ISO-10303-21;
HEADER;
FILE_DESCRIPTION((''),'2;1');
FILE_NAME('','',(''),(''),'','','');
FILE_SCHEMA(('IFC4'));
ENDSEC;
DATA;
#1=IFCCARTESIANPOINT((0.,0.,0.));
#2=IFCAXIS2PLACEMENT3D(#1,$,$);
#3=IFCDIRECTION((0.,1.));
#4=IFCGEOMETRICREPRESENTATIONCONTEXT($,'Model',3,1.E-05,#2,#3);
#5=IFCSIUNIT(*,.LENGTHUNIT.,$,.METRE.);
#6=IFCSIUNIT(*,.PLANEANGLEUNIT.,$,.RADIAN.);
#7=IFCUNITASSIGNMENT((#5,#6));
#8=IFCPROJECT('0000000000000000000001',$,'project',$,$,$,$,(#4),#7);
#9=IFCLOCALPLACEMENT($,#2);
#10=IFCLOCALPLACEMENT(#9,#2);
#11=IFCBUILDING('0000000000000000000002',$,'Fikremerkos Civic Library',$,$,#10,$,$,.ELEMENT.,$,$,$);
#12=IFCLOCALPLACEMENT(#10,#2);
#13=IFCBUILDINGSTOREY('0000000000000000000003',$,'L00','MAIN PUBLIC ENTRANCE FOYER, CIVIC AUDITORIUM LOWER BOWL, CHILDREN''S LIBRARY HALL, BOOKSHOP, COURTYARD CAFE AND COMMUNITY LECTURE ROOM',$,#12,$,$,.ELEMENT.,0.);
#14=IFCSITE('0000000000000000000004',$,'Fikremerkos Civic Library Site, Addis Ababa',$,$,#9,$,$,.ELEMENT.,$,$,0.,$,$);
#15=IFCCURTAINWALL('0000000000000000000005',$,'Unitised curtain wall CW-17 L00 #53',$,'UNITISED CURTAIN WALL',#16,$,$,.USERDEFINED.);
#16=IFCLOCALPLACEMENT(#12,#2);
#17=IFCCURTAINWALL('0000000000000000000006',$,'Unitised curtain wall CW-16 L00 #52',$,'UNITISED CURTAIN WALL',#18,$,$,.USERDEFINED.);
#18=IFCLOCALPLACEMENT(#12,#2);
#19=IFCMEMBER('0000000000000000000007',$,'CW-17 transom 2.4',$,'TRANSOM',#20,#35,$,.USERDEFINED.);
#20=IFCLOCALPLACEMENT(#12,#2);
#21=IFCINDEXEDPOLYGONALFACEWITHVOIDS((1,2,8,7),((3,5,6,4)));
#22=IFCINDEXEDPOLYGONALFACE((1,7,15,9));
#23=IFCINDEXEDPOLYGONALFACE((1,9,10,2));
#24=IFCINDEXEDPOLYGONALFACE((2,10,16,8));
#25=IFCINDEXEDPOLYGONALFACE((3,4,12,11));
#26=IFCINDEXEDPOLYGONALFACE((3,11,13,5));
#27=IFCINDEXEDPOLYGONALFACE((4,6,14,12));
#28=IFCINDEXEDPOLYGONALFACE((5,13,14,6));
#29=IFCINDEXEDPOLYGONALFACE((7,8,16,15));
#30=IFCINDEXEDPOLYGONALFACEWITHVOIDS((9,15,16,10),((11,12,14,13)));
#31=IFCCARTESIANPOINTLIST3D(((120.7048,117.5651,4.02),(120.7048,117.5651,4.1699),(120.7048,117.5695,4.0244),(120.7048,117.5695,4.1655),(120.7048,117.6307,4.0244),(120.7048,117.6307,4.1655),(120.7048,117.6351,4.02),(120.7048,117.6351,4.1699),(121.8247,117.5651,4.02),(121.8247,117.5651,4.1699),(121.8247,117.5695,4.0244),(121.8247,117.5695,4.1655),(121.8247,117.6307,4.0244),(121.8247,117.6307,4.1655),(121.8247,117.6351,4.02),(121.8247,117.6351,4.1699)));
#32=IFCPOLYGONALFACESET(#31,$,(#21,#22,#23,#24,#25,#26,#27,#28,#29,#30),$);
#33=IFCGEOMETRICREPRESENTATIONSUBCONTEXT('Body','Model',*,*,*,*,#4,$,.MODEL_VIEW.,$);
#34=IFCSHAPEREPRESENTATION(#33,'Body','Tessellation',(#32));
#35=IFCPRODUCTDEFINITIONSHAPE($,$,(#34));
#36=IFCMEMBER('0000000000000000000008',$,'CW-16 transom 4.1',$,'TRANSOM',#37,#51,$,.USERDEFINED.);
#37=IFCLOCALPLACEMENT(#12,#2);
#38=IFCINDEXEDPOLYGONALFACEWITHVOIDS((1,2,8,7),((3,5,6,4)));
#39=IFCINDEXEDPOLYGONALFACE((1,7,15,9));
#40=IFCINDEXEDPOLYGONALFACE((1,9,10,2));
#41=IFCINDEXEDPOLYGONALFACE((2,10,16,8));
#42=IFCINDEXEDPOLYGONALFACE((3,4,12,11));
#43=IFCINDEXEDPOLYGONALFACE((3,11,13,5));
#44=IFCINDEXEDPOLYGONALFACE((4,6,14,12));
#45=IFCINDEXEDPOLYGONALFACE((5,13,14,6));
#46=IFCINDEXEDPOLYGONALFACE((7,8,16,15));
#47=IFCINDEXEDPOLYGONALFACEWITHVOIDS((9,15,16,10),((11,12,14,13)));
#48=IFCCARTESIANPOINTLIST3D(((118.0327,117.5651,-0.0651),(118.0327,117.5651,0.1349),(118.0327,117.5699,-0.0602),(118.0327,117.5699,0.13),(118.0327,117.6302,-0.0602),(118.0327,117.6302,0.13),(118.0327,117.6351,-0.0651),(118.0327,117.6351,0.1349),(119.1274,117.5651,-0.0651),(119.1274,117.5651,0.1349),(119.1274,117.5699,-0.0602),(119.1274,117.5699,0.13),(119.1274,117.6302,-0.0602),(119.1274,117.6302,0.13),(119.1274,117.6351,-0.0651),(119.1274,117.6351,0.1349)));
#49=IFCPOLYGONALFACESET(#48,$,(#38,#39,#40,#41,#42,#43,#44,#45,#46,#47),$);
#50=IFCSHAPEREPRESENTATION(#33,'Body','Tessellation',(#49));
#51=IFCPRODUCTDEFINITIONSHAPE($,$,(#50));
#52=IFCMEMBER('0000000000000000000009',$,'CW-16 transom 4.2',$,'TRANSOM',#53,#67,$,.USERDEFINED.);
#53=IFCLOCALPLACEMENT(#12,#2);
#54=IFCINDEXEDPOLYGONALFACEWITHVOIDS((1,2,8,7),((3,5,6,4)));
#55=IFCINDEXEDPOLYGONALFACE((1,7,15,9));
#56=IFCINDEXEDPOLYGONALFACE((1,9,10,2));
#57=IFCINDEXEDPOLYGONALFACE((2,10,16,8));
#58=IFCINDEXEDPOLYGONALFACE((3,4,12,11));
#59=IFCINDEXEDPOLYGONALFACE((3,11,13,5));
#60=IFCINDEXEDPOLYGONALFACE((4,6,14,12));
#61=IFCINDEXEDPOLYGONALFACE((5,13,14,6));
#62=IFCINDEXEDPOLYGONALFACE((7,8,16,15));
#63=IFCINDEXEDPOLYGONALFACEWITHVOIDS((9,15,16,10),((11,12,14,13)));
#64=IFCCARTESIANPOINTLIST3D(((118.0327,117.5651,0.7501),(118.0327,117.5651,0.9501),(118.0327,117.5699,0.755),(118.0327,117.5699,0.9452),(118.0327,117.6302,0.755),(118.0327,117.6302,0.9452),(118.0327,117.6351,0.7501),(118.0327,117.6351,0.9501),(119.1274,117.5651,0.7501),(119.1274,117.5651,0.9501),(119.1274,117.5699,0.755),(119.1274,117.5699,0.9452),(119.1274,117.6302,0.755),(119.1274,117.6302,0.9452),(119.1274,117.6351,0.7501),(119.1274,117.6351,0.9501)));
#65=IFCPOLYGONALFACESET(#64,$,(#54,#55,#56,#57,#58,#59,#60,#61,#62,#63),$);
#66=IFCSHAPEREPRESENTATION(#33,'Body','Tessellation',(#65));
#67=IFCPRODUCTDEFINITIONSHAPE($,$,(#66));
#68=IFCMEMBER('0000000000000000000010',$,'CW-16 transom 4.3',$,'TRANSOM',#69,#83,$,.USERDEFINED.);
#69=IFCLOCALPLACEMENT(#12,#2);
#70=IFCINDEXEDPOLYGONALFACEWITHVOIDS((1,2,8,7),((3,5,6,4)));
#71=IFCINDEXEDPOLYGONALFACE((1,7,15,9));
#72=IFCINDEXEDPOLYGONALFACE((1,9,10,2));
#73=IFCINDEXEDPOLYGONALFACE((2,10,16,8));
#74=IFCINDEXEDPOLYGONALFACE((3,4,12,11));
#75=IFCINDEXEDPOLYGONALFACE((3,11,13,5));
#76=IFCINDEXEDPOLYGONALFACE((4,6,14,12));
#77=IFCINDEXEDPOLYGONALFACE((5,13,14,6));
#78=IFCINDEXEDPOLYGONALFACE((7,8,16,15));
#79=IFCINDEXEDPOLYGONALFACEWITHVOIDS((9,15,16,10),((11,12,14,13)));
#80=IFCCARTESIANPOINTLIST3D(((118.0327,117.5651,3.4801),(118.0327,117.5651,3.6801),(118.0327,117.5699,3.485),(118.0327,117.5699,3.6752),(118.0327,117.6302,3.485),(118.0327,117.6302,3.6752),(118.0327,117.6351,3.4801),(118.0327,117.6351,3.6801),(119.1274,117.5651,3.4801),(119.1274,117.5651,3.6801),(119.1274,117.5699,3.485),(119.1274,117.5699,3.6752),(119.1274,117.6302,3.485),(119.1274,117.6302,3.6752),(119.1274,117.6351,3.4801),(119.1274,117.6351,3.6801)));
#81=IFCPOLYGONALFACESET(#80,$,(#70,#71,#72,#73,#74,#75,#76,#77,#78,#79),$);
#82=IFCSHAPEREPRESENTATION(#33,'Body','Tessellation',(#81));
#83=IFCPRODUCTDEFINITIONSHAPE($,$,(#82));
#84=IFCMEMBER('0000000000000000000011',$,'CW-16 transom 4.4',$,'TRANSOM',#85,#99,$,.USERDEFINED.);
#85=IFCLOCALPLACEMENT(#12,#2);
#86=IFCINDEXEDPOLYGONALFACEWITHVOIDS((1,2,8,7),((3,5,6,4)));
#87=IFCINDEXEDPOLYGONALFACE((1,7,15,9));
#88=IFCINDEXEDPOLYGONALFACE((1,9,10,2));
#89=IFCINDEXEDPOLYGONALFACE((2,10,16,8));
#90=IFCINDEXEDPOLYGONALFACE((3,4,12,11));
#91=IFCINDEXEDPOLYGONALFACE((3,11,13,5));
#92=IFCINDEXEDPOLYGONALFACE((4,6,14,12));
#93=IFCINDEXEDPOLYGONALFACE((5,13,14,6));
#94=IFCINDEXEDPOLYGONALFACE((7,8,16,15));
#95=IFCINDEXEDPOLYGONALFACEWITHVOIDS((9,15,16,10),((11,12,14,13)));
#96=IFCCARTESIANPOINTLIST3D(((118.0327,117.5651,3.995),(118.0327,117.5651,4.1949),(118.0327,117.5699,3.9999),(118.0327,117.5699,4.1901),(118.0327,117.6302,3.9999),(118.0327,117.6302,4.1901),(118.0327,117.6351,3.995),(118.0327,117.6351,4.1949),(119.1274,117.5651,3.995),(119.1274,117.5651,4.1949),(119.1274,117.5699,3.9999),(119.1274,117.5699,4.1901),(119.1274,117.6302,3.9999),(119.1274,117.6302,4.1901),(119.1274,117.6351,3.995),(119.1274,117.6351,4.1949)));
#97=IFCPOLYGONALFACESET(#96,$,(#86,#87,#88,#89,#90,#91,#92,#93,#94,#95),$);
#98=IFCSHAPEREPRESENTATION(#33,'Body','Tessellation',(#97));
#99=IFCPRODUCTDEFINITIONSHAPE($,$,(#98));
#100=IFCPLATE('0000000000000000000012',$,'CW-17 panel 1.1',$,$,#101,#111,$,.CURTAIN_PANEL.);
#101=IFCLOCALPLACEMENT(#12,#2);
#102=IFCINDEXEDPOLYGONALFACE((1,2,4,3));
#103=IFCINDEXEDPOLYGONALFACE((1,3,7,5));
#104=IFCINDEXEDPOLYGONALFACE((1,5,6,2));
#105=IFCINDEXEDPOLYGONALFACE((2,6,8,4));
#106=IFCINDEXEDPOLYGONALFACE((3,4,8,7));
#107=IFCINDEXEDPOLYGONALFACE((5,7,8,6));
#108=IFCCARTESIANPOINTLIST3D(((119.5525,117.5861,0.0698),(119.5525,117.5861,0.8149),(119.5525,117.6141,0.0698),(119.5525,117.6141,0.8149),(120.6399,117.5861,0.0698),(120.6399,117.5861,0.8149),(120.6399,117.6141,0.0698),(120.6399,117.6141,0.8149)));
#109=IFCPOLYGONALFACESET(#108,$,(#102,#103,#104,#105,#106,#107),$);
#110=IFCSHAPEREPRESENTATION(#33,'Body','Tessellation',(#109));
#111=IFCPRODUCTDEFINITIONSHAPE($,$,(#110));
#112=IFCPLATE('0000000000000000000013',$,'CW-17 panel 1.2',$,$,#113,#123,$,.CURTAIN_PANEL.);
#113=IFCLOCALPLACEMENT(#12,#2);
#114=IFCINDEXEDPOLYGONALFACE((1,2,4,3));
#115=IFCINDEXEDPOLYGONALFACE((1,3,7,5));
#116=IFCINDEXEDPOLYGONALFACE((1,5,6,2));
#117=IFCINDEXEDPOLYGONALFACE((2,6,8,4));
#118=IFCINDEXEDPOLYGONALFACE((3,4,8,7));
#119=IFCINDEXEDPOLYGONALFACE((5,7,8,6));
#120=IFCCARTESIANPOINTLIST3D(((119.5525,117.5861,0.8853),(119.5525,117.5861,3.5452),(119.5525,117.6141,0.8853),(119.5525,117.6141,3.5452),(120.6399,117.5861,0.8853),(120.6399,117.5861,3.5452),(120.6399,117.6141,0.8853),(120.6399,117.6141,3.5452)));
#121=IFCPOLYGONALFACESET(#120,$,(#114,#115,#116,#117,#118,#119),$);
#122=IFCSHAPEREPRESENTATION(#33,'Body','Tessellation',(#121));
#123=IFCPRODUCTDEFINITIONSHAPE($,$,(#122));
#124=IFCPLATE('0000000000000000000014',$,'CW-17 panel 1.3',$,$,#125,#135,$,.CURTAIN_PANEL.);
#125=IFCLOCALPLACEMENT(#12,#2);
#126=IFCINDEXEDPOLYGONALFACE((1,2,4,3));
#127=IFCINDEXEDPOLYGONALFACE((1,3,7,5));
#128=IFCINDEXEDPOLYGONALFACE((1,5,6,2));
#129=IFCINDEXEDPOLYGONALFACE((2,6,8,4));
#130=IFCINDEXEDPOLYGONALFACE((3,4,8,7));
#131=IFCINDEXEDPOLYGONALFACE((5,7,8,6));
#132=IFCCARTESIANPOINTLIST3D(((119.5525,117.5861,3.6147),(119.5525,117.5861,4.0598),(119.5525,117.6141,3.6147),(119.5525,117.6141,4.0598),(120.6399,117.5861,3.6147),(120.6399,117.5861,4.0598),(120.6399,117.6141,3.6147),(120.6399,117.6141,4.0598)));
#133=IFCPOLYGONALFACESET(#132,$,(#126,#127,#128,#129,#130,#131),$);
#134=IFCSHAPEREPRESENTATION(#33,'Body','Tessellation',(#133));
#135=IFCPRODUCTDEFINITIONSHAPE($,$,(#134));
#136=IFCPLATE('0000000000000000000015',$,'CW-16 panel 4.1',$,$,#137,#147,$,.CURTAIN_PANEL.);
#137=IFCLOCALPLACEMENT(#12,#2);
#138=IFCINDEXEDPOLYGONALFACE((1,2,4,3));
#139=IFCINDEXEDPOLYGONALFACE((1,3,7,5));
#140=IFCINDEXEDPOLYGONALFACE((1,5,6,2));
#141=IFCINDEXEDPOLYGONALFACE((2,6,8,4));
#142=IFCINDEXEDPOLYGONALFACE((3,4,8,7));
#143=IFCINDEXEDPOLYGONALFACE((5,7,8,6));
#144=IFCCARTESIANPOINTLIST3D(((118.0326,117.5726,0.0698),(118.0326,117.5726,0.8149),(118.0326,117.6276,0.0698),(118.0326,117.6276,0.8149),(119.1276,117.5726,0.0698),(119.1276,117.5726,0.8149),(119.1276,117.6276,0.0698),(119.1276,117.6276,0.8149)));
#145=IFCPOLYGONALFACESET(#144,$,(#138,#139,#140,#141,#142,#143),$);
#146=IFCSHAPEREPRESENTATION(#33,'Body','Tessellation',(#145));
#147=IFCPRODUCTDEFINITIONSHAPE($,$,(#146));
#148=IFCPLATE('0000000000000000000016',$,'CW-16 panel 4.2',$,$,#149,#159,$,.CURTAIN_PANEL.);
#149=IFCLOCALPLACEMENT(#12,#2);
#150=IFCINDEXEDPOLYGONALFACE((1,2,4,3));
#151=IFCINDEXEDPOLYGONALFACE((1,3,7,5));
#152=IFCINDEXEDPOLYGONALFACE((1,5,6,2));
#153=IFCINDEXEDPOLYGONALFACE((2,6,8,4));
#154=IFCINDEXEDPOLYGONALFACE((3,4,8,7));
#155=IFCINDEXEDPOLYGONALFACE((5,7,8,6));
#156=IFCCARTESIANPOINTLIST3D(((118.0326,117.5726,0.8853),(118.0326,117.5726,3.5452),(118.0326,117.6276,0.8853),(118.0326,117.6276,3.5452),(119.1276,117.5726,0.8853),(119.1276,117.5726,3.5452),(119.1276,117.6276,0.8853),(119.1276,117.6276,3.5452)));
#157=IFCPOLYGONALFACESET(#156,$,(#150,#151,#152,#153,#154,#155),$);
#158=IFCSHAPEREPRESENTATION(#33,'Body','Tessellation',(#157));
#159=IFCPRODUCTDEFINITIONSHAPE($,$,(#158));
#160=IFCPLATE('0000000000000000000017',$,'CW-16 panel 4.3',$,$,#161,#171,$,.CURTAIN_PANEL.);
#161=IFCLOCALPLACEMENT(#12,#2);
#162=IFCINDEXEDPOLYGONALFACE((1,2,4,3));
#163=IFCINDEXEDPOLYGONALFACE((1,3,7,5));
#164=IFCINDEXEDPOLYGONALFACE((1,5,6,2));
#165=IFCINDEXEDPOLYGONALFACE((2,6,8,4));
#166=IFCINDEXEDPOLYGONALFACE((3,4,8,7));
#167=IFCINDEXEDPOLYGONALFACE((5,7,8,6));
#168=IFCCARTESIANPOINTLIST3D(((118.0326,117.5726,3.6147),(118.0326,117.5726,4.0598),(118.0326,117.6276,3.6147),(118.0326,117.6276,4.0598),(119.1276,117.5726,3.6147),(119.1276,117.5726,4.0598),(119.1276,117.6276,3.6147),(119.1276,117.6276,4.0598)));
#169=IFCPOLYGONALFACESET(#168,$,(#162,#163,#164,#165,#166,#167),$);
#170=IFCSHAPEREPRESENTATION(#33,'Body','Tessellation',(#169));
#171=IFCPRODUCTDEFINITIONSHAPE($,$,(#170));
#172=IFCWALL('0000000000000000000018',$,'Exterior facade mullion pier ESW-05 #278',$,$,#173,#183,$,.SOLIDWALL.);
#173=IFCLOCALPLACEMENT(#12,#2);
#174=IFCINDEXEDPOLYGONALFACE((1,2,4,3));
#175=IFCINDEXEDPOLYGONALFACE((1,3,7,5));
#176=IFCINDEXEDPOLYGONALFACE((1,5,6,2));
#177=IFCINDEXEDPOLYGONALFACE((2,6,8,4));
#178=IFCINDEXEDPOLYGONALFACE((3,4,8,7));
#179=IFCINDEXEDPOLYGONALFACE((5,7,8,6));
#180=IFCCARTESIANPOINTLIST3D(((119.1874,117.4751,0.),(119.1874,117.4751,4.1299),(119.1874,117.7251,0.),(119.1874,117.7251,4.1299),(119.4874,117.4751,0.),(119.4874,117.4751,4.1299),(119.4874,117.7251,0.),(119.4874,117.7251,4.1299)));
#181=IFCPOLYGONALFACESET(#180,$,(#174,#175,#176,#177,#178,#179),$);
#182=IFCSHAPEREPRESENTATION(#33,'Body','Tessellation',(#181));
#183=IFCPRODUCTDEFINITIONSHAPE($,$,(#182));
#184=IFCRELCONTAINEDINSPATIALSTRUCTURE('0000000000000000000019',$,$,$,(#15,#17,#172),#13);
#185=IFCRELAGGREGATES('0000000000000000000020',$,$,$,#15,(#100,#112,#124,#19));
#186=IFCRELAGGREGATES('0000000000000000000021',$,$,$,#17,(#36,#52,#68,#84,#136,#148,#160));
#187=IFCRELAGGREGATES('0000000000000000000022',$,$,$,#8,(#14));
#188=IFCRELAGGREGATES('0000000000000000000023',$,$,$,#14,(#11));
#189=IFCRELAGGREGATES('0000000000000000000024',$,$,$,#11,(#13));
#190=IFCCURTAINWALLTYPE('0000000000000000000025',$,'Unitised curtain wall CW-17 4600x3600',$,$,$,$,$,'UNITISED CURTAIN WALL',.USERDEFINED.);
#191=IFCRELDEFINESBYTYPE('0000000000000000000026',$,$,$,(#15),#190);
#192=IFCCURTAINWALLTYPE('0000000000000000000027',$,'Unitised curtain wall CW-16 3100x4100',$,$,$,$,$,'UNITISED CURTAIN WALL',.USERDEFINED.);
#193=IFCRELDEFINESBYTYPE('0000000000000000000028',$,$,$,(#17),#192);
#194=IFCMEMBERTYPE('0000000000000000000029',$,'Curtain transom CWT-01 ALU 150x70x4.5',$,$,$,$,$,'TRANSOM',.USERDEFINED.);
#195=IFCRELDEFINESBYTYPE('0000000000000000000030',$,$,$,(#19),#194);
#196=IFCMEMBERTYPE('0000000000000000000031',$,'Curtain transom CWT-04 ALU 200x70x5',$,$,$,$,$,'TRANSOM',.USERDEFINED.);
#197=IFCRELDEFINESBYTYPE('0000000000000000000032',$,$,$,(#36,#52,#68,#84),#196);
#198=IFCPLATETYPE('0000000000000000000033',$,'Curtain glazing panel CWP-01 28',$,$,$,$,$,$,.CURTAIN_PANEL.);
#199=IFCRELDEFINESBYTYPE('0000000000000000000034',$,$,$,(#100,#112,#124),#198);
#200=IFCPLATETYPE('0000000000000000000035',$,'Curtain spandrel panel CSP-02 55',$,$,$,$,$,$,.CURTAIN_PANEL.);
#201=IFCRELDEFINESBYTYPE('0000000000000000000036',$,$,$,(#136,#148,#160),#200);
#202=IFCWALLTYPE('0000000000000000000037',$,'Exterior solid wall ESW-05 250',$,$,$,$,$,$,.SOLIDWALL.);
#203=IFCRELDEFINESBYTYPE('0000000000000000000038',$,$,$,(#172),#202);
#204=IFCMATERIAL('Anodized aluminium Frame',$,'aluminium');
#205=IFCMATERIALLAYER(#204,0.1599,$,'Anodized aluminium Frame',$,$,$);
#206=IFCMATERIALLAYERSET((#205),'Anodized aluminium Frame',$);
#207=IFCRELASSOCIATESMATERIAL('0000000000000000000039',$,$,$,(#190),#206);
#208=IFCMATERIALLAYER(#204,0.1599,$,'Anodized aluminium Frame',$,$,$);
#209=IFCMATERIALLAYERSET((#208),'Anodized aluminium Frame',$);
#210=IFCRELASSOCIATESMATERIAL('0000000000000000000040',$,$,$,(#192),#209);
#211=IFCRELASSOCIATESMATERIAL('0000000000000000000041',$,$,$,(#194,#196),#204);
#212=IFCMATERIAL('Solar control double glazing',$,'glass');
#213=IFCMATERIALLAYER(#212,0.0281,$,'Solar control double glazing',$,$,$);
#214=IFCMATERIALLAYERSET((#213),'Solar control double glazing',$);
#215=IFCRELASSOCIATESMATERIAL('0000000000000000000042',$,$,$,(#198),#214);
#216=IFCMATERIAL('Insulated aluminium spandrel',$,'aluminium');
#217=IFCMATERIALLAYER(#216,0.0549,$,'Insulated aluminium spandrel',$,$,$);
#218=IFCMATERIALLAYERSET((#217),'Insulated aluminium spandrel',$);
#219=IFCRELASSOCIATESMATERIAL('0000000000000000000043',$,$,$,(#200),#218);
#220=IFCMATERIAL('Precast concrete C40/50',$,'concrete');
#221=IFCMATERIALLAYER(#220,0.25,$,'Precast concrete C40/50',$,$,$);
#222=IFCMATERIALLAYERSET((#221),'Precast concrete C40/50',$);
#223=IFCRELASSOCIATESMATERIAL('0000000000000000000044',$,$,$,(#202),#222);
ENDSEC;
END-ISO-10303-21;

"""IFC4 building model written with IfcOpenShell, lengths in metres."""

from ifc_helpers import new_model, si_unit, direction, frame, frame_2d, origin, origin_2d, place, context, subcontext, project, spatial, rectangle, hollow_rectangle, extrude, material, layer, layer_set, material_profile, profile_set, type_object, element, aggregate, save


model = new_model("IFC4")

# Units and contexts
model_context = context("Model", 3, precision=1e-05, world=origin(), true_north=direction((0.0, 1.0)))
body_context = subcontext(model_context, "Body", "Model", "MODEL_VIEW")
ifc_project = project(units=[si_unit("LENGTHUNIT", "METRE"), si_unit("PLANEANGLEUNIT", "RADIAN")], contexts=[model_context])

# Site, building, storey
site_placement = place(None, origin())
site = spatial("IfcSite", under=ifc_project, at=site_placement, Name="Fikremerkos Civic Library Site, Addis Ababa", CompositionType="ELEMENT", RefElevation=0.0)
building_placement = place(site_placement, origin())
building = spatial("IfcBuilding", under=site, at=building_placement, Name="Fikremerkos Civic Library", CompositionType="ELEMENT")
storey_placement = place(building_placement, origin())
storey = spatial("IfcBuildingStorey", under=building, at=storey_placement, Name="L00", Description="MAIN PUBLIC ENTRANCE FOYER, CIVIC AUDITORIUM LOWER BOWL, CHILDREN'S LIBRARY HALL, BOOKSHOP, COURTYARD CAFE AND COMMUNITY LECTURE ROOM", CompositionType="ELEMENT", Elevation=0.0)

# Curtain walls
ifc_material_1 = material(Name="Anodized aluminium Frame", Category="aluminium")
ifc_layer_1 = layer(ifc_material_1, 0.1599, Name="Anodized aluminium Frame")
ifc_layer_set_1 = layer_set([ifc_layer_1], Name="Anodized aluminium Frame")
curtain_wall_type_1 = type_object("IfcCurtainWallType", Name="Unitised curtain wall CW-17 4600x3600", ElementType="UNITISED CURTAIN WALL", PredefinedType="USERDEFINED", material=ifc_layer_set_1)
curtain_wall_1_placement = place(storey_placement, origin())
curtain_wall_1 = element("IfcCurtainWall", 1, at=curtain_wall_1_placement, inside=storey, type_object=curtain_wall_type_1, Name="Unitised curtain wall CW-17 L00 #53", ObjectType="UNITISED CURTAIN WALL", PredefinedType="USERDEFINED")
ifc_layer_2 = layer(ifc_material_1, 0.1599, Name="Anodized aluminium Frame")
ifc_layer_set_2 = layer_set([ifc_layer_2], Name="Anodized aluminium Frame")
curtain_wall_type_2 = type_object("IfcCurtainWallType", Name="Unitised curtain wall CW-16 3100x4100", ElementType="UNITISED CURTAIN WALL", PredefinedType="USERDEFINED", material=ifc_layer_set_2)
curtain_wall_2_placement = place(storey_placement, origin())
curtain_wall_2 = element("IfcCurtainWall", 2, at=curtain_wall_2_placement, inside=storey, type_object=curtain_wall_type_2, Name="Unitised curtain wall CW-16 L00 #52", ObjectType="UNITISED CURTAIN WALL", PredefinedType="USERDEFINED")

# Members
ifc_material_profile_1 = material_profile(ifc_material_1, hollow_rectangle(XDim=0.0701, YDim=0.1499, WallThickness=0.0044, at=origin_2d()), Name="ALU 150x70x4.5")
ifc_profile_set_1 = profile_set([ifc_material_profile_1], Name="Anodized aluminium Frame")
member_type_1 = type_object("IfcMemberType", Name="Curtain transom CWT-01 ALU 150x70x4.5", ElementType="TRANSOM", PredefinedType="USERDEFINED", material=ifc_profile_set_1)
member_1_placement = place(storey_placement, frame((120.7048, 117.6001, 4.095), z_axis=(1.0, 0.0, 0.0), x_axis=(0.0, 1.0, 0.0)))
member_1 = element("IfcMember", 3, at=member_1_placement, type_object=member_type_1, Name="CW-17 transom 2.4", ObjectType="TRANSOM", PredefinedType="USERDEFINED", context=body_context, shape_type="SweptSolid", body=[
    extrude(hollow_rectangle(XDim=0.0701, YDim=0.1499, WallThickness=0.0044, at=origin_2d()), origin(), (0.0, 0.0, 1.0), 1.1199),
])
ifc_material_profile_2 = material_profile(ifc_material_1, hollow_rectangle(XDim=0.0701, YDim=0.2, WallThickness=0.0049, at=origin_2d()), Name="ALU 200x70x5")
ifc_profile_set_2 = profile_set([ifc_material_profile_2], Name="Anodized aluminium Frame")
member_type_2 = type_object("IfcMemberType", Name="Curtain transom CWT-04 ALU 200x70x5", ElementType="TRANSOM", PredefinedType="USERDEFINED", material=ifc_profile_set_2)
member_2_placement = place(storey_placement, frame((118.0327, 117.6001, 0.0349), z_axis=(1.0, 0.0, 0.0), x_axis=(0.0, 1.0, 0.0)))
member_2 = element("IfcMember", 4, at=member_2_placement, type_object=member_type_2, Name="CW-16 transom 4.1", ObjectType="TRANSOM", PredefinedType="USERDEFINED", context=body_context, shape_type="SweptSolid", body=[
    extrude(hollow_rectangle(XDim=0.0701, YDim=0.2, WallThickness=0.0049, at=origin_2d()), origin(), (0.0, 0.0, 1.0), 1.0947),
])
member_3_placement = place(storey_placement, frame((118.0327, 117.6001, 0.8501), z_axis=(1.0, 0.0, 0.0), x_axis=(0.0, 1.0, 0.0)))
member_3 = element("IfcMember", 5, at=member_3_placement, type_object=member_type_2, Name="CW-16 transom 4.2", ObjectType="TRANSOM", PredefinedType="USERDEFINED", context=body_context, shape_type="SweptSolid", body=[
    extrude(hollow_rectangle(XDim=0.0701, YDim=0.2, WallThickness=0.0049, at=origin_2d()), origin(), (0.0, 0.0, 1.0), 1.0947),
])
member_4_placement = place(storey_placement, frame((118.0327, 117.6001, 3.5801), z_axis=(1.0, 0.0, 0.0), x_axis=(0.0, 1.0, 0.0)))
member_4 = element("IfcMember", 6, at=member_4_placement, type_object=member_type_2, Name="CW-16 transom 4.3", ObjectType="TRANSOM", PredefinedType="USERDEFINED", context=body_context, shape_type="SweptSolid", body=[
    extrude(hollow_rectangle(XDim=0.0701, YDim=0.2, WallThickness=0.0049, at=origin_2d()), origin(), (0.0, 0.0, 1.0), 1.0947),
])
member_5_placement = place(storey_placement, frame((118.0327, 117.6001, 4.095), z_axis=(1.0, 0.0, 0.0), x_axis=(0.0, 1.0, 0.0)))
member_5 = element("IfcMember", 7, at=member_5_placement, type_object=member_type_2, Name="CW-16 transom 4.4", ObjectType="TRANSOM", PredefinedType="USERDEFINED", context=body_context, shape_type="SweptSolid", body=[
    extrude(hollow_rectangle(XDim=0.0701, YDim=0.2, WallThickness=0.0049, at=origin_2d()), origin(), (0.0, 0.0, 1.0), 1.0947),
])

# Plates
ifc_material_2 = material(Name="Solar control double glazing", Category="glass")
ifc_layer_3 = layer(ifc_material_2, 0.0281, Name="Solar control double glazing")
ifc_layer_set_3 = layer_set([ifc_layer_3], Name="Solar control double glazing")
plate_type_1 = type_object("IfcPlateType", Name="Curtain glazing panel CWP-01 28", PredefinedType="CURTAIN_PANEL", material=ifc_layer_set_3)
plate_1_placement = place(storey_placement, frame((120.0962, 117.6001, 0.0698), z_axis=(0.0, 0.0, 1.0), x_axis=(1.0, 0.0, 0.0)))
plate_1 = element("IfcPlate", 8, at=plate_1_placement, type_object=plate_type_1, Name="CW-17 panel 1.1", PredefinedType="CURTAIN_PANEL", context=body_context, shape_type="SweptSolid", body=[
    extrude(rectangle(XDim=1.0874, YDim=0.0281, at=origin_2d()), origin(), (0.0, 0.0, 1.0), 0.7451),
])
plate_2_placement = place(storey_placement, frame((120.0962, 117.6001, 0.8853), z_axis=(0.0, 0.0, 1.0), x_axis=(1.0, 0.0, 0.0)))
plate_2 = element("IfcPlate", 9, at=plate_2_placement, type_object=plate_type_1, Name="CW-17 panel 1.2", PredefinedType="CURTAIN_PANEL", context=body_context, shape_type="SweptSolid", body=[
    extrude(rectangle(XDim=1.0874, YDim=0.0281, at=origin_2d()), origin(), (0.0, 0.0, 1.0), 2.6599),
])
plate_3_placement = place(storey_placement, frame((120.0962, 117.6001, 3.6147), z_axis=(0.0, 0.0, 1.0), x_axis=(1.0, 0.0, 0.0)))
plate_3 = element("IfcPlate", 10, at=plate_3_placement, type_object=plate_type_1, Name="CW-17 panel 1.3", PredefinedType="CURTAIN_PANEL", context=body_context, shape_type="SweptSolid", body=[
    extrude(rectangle(XDim=1.0874, YDim=0.0281, at=origin_2d()), origin(), (0.0, 0.0, 1.0), 0.4451),
])
aggregate(curtain_wall_1, [plate_1, plate_2, plate_3, member_1])
ifc_material_3 = material(Name="Insulated aluminium spandrel", Category="aluminium")
ifc_layer_4 = layer(ifc_material_3, 0.0549, Name="Insulated aluminium spandrel")
ifc_layer_set_4 = layer_set([ifc_layer_4], Name="Insulated aluminium spandrel")
plate_type_2 = type_object("IfcPlateType", Name="Curtain spandrel panel CSP-02 55", PredefinedType="CURTAIN_PANEL", material=ifc_layer_set_4)
plate_4_placement = place(storey_placement, frame((118.5801, 117.6001, 0.0698), z_axis=(0.0, 0.0, 1.0), x_axis=(1.0, 0.0, 0.0)))
plate_4 = element("IfcPlate", 11, at=plate_4_placement, type_object=plate_type_2, Name="CW-16 panel 4.1", PredefinedType="CURTAIN_PANEL", context=body_context, shape_type="SweptSolid", body=[
    extrude(rectangle(XDim=1.095, YDim=0.0549, at=origin_2d()), origin(), (0.0, 0.0, 1.0), 0.7451),
])
plate_5_placement = place(storey_placement, frame((118.5801, 117.6001, 0.8853), z_axis=(0.0, 0.0, 1.0), x_axis=(1.0, 0.0, 0.0)))
plate_5 = element("IfcPlate", 12, at=plate_5_placement, type_object=plate_type_2, Name="CW-16 panel 4.2", PredefinedType="CURTAIN_PANEL", context=body_context, shape_type="SweptSolid", body=[
    extrude(rectangle(XDim=1.095, YDim=0.0549, at=origin_2d()), origin(), (0.0, 0.0, 1.0), 2.6599),
])
plate_6_placement = place(storey_placement, frame((118.5801, 117.6001, 3.6147), z_axis=(0.0, 0.0, 1.0), x_axis=(1.0, 0.0, 0.0)))
plate_6 = element("IfcPlate", 13, at=plate_6_placement, type_object=plate_type_2, Name="CW-16 panel 4.3", PredefinedType="CURTAIN_PANEL", context=body_context, shape_type="SweptSolid", body=[
    extrude(rectangle(XDim=1.095, YDim=0.0549, at=origin_2d()), origin(), (0.0, 0.0, 1.0), 0.4451),
])
aggregate(curtain_wall_2, [member_2, member_3, member_4, member_5, plate_4, plate_5, plate_6])

# Wall
ifc_material_4 = material(Name="Precast concrete C40/50", Category="concrete")
ifc_layer_5 = layer(ifc_material_4, 0.25, Name="Precast concrete C40/50")
ifc_layer_set_5 = layer_set([ifc_layer_5], Name="Precast concrete C40/50")
wall_type = type_object("IfcWallType", Name="Exterior solid wall ESW-05 250", PredefinedType="SOLIDWALL", material=ifc_layer_set_5)
wall_placement = place(storey_placement, frame((119.1875, 117.6001, 0.0), z_axis=(0.0, 0.0, 1.0), x_axis=(1.0, 0.0, 0.0)))
element("IfcWall", 14, at=wall_placement, inside=storey, type_object=wall_type, Name="Exterior facade mullion pier ESW-05 #278", PredefinedType="SOLIDWALL", context=body_context, shape_type="SweptSolid", body=[
    extrude(rectangle(XDim=0.3, YDim=0.25, at=frame_2d((0.1499, 0.0))), origin(), (0.0, 0.0, 1.0), 4.1299),
])

save(model, "model.ifc")
